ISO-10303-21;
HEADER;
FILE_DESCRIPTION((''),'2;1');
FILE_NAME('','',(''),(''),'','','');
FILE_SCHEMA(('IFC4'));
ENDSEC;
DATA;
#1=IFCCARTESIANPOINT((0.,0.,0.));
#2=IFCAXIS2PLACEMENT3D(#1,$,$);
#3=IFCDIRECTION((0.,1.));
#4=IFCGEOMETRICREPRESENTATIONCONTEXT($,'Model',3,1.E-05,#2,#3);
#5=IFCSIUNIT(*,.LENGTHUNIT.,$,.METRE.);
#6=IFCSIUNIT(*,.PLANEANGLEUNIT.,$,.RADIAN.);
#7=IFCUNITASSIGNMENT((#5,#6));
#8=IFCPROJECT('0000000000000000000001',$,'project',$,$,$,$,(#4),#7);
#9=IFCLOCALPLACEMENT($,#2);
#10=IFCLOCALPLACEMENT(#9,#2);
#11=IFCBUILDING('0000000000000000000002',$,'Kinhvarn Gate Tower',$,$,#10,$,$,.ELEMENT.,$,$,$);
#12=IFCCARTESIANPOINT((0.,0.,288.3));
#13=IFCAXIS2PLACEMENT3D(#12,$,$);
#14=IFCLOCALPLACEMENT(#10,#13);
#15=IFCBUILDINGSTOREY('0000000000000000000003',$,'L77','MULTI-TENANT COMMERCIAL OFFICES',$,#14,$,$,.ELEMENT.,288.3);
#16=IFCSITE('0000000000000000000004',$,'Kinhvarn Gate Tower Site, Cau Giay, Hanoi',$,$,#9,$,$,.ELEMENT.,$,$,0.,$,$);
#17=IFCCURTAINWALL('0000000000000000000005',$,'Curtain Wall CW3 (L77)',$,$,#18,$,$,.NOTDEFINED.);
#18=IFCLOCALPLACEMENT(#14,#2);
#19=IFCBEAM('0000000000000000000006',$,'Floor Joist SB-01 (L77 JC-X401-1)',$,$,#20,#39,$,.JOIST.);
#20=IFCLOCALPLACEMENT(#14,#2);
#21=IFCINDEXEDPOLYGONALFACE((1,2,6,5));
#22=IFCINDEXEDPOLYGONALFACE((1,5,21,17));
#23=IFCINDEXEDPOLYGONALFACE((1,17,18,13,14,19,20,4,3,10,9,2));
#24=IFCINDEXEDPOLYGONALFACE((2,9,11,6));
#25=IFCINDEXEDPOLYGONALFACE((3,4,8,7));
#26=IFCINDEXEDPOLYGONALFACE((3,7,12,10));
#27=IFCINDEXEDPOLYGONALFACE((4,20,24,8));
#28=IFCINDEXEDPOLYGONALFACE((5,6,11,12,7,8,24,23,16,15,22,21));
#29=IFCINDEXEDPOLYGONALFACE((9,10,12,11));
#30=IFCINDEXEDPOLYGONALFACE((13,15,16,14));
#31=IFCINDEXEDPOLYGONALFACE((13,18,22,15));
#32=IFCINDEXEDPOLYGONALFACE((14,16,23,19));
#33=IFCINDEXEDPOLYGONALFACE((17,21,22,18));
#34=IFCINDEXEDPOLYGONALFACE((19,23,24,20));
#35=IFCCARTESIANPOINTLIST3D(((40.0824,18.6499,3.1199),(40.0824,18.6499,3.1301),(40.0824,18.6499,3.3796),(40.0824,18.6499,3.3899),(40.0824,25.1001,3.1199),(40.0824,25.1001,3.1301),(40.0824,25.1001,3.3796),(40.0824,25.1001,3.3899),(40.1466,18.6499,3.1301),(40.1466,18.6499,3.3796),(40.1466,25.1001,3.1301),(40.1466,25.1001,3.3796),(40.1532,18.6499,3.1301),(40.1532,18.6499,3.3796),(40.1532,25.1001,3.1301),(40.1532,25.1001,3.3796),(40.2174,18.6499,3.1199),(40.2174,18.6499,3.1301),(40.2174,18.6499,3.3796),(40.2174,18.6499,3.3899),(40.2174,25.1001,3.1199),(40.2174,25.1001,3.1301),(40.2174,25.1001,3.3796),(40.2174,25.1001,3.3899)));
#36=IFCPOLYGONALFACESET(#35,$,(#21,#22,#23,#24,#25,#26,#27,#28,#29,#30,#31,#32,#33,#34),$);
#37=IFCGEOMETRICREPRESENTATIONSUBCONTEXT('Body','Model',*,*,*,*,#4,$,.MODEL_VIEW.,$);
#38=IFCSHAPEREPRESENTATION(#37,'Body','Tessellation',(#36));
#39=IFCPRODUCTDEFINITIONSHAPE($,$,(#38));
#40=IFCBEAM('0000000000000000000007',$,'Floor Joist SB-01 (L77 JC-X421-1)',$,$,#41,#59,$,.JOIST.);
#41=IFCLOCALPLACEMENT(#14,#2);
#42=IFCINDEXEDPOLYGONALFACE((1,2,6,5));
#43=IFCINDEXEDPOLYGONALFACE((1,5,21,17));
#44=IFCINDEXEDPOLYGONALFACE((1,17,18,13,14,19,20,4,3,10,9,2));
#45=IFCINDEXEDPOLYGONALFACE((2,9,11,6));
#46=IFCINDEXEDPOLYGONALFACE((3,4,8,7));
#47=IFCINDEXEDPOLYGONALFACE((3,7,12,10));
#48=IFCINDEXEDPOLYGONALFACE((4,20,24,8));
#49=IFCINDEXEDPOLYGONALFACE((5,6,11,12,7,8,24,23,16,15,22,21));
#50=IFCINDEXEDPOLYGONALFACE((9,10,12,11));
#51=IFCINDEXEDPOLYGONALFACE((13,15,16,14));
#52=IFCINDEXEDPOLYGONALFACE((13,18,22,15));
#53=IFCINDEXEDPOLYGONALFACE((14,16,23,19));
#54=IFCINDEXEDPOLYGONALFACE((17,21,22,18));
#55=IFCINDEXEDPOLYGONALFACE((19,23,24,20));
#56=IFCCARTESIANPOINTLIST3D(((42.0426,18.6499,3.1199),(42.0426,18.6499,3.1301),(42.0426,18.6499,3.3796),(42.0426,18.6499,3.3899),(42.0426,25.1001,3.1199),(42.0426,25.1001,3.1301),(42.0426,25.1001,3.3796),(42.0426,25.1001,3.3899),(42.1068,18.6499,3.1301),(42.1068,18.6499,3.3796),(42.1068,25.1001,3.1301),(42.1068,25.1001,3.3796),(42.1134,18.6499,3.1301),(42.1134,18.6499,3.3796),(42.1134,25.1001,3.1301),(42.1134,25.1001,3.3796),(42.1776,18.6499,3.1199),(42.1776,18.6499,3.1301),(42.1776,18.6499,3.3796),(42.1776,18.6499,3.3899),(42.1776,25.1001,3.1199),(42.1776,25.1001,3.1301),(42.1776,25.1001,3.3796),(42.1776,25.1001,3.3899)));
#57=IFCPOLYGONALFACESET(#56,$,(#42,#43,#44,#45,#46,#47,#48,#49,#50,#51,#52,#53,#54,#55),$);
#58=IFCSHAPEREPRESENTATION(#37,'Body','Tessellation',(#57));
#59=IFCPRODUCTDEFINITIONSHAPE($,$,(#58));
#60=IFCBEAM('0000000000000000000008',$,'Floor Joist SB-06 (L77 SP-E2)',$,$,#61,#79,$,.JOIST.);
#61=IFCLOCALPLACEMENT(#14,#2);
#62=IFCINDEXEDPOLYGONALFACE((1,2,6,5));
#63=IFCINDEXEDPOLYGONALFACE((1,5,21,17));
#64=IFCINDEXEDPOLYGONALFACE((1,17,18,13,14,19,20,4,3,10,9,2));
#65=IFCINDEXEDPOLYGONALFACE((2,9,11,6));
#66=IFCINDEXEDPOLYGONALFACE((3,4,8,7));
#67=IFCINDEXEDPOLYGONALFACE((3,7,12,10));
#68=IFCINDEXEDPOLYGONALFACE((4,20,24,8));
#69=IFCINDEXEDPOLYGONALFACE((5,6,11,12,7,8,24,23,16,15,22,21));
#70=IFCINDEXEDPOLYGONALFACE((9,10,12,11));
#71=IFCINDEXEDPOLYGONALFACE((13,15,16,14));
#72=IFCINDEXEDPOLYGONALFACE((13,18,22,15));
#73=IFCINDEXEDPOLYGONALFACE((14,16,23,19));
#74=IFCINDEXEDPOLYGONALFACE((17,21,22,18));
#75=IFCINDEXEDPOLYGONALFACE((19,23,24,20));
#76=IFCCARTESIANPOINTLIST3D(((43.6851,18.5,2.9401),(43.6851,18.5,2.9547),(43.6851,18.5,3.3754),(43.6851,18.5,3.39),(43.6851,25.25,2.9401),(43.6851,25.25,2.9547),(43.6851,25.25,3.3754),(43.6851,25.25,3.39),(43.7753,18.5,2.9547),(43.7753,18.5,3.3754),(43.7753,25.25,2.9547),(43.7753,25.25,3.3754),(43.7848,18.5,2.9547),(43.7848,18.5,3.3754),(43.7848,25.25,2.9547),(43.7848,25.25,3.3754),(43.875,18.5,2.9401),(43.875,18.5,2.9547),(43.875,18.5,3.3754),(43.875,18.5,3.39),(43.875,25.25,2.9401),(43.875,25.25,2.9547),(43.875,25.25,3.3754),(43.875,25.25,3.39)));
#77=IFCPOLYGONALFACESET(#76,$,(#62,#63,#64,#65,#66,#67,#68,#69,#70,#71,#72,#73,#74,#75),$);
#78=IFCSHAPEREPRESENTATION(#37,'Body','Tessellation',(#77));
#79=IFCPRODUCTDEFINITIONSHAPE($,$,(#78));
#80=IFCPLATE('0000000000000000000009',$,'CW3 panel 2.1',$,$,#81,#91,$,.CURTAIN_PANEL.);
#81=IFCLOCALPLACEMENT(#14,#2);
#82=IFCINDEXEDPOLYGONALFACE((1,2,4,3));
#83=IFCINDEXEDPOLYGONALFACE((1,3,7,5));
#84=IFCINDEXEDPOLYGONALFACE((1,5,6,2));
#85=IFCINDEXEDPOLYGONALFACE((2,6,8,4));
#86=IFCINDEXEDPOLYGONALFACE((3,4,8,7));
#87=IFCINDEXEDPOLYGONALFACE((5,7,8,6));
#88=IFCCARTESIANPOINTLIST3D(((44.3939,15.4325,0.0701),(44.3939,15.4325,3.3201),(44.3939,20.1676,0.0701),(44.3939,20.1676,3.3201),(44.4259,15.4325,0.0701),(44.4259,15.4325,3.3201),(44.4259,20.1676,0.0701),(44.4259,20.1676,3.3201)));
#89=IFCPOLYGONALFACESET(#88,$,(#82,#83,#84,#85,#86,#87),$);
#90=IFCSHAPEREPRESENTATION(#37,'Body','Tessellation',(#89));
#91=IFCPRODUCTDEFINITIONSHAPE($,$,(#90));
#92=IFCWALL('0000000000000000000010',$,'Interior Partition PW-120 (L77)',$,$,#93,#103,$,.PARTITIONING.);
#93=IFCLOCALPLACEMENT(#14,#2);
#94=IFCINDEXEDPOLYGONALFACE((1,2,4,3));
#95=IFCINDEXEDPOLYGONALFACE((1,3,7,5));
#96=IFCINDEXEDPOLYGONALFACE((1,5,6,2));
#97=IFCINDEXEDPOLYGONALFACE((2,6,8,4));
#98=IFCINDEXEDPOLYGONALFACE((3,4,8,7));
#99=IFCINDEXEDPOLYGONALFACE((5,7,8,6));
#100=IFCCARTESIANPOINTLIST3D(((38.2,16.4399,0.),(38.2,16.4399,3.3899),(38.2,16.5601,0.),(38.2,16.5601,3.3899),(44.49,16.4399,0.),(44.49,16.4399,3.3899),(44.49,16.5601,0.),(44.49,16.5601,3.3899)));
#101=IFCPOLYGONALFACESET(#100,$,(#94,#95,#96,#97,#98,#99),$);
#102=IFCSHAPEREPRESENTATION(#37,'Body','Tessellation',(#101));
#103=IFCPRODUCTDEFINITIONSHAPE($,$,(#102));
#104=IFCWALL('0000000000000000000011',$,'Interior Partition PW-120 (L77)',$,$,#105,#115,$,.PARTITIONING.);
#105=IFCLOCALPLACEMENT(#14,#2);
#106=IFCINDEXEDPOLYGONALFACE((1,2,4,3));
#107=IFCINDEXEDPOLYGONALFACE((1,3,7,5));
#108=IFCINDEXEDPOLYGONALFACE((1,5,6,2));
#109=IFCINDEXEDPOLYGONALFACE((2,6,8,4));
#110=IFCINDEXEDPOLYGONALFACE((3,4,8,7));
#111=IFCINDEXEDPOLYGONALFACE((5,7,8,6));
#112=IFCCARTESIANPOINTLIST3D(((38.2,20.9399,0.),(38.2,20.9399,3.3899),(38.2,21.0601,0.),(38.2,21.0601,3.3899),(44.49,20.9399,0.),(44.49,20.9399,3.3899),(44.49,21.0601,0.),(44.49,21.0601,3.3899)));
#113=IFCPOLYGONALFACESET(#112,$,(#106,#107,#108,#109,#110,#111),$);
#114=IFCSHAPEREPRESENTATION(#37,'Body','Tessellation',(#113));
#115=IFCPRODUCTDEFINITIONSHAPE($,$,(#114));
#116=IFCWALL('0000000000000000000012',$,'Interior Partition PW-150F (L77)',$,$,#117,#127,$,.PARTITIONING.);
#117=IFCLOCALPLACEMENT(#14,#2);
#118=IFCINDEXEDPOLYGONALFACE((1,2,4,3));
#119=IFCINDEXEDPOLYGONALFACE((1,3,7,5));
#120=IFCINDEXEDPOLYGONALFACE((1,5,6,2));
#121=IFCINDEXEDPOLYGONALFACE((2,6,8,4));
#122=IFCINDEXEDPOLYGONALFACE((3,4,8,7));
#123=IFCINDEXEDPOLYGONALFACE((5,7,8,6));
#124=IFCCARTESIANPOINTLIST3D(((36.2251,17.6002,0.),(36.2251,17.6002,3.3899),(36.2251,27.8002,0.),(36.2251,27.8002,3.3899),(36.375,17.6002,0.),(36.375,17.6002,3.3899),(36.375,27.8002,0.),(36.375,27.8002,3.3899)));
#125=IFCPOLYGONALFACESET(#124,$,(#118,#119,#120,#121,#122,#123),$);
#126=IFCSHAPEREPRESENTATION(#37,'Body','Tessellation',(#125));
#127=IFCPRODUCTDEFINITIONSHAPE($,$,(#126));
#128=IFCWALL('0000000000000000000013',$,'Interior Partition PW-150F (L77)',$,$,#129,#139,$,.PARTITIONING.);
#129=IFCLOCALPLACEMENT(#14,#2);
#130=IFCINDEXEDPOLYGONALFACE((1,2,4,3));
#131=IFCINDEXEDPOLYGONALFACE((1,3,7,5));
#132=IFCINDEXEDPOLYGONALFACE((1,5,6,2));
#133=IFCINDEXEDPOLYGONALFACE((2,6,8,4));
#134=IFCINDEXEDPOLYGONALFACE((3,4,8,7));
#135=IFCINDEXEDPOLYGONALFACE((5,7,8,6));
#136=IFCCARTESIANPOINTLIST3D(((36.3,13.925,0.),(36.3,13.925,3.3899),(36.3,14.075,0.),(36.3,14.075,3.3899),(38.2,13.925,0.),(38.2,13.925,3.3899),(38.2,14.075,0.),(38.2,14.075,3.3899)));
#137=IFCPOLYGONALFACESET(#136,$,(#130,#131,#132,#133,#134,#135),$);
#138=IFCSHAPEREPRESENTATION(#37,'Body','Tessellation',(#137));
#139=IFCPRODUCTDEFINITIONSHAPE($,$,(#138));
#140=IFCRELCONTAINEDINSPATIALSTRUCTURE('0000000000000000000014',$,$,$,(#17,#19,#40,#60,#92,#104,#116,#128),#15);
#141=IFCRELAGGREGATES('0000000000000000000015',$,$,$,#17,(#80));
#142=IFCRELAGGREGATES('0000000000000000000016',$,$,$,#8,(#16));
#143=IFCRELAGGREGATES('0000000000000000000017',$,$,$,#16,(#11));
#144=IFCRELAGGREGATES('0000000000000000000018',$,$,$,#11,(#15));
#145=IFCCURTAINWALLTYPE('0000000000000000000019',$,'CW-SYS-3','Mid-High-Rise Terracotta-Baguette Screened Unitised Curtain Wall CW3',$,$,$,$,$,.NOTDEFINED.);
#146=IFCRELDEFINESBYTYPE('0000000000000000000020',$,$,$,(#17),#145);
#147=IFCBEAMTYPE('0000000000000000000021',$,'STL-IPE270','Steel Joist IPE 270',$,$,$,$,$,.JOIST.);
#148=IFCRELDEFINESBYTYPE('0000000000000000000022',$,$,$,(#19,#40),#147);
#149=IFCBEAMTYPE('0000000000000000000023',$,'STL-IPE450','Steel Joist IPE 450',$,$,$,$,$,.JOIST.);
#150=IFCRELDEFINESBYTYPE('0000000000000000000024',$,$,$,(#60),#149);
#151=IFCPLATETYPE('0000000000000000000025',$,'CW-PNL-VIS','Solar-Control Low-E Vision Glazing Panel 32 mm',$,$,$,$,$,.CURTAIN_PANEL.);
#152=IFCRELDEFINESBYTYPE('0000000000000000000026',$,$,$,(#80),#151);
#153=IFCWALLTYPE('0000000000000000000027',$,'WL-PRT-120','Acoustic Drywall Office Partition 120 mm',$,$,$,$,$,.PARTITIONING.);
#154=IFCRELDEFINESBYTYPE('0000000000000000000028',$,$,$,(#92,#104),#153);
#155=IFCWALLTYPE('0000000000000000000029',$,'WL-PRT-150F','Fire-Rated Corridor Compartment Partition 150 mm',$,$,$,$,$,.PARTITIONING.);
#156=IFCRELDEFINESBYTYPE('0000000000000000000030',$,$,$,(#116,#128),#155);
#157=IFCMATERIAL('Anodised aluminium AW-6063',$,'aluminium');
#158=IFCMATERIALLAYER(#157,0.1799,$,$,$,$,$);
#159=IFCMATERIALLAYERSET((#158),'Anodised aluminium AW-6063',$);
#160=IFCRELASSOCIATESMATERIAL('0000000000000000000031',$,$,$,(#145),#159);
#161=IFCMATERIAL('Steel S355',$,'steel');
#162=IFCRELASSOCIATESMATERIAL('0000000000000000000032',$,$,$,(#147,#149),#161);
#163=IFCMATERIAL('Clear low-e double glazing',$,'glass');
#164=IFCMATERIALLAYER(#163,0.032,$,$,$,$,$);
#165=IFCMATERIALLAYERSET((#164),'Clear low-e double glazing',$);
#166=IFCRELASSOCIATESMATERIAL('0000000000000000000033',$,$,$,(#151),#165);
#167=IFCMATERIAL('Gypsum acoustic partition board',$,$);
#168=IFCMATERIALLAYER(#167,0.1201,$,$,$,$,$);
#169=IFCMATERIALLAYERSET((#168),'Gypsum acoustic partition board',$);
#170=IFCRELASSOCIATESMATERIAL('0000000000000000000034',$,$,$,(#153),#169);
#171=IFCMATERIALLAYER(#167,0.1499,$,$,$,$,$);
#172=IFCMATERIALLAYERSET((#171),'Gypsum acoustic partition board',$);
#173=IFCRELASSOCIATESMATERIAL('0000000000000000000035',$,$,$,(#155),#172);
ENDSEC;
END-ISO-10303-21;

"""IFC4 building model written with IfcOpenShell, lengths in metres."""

from ifc_helpers import new_model, si_unit, direction, frame, frame_2d, origin, origin_2d, place, context, subcontext, project, spatial, rectangle, i_section, extrude, material, layer, layer_set, material_profile, profile_set, type_object, element, aggregate, save


model = new_model("IFC4")

# Units and contexts
model_context = context("Model", 3, precision=1e-05, world=origin(), true_north=direction((0.0, 1.0)))
body_context = subcontext(model_context, "Body", "Model", "MODEL_VIEW")
ifc_project = project(units=[si_unit("LENGTHUNIT", "METRE"), si_unit("PLANEANGLEUNIT", "RADIAN")], contexts=[model_context])

# Site, building, storey
site_placement = place(None, origin())
site = spatial("IfcSite", under=ifc_project, at=site_placement, Name="Kinhvarn Gate Tower Site, Cau Giay, Hanoi", CompositionType="ELEMENT", RefElevation=0.0)
building_placement = place(site_placement, origin())
building = spatial("IfcBuilding", under=site, at=building_placement, Name="Kinhvarn Gate Tower", CompositionType="ELEMENT")
storey_placement = place(building_placement, frame((0.0, 0.0, 288.3)))
storey = spatial("IfcBuildingStorey", under=building, at=storey_placement, Name="L77", Description="MULTI-TENANT COMMERCIAL OFFICES", CompositionType="ELEMENT", Elevation=288.3)

# Curtain wall
ifc_material_1 = material(Name="Anodised aluminium AW-6063", Category="aluminium")
ifc_layer_1 = layer(ifc_material_1, 0.1799)
ifc_layer_set_1 = layer_set([ifc_layer_1], Name="Anodised aluminium AW-6063")
curtain_wall_type = type_object("IfcCurtainWallType", Name="CW-SYS-3", Description="Mid-High-Rise Terracotta-Baguette Screened Unitised Curtain Wall CW3", PredefinedType="NOTDEFINED", material=ifc_layer_set_1)
curtain_wall_placement = place(storey_placement, origin())
curtain_wall = element("IfcCurtainWall", 1, at=curtain_wall_placement, inside=storey, type_object=curtain_wall_type, Name="Curtain Wall CW3 (L77)", PredefinedType="NOTDEFINED")

# Beams
ifc_material_2 = material(Name="Steel S355", Category="steel")
ifc_material_profile_1 = material_profile(ifc_material_2, i_section(OverallWidth=0.135, OverallDepth=0.27, WebThickness=0.0066, FlangeThickness=0.0103, at=origin_2d()), Name="IPE 270")
ifc_profile_set_1 = profile_set([ifc_material_profile_1], Name="Steel S355")
beam_type_1 = type_object("IfcBeamType", Name="STL-IPE270", Description="Steel Joist IPE 270", PredefinedType="JOIST", material=ifc_profile_set_1)
for number, where, z_axis, x_axis, name in (
    (2, (40.1499, 18.6499, 3.2549), (0.0, 1.0, 0.0), (-1.0, 0.0, 0.0), "Floor Joist SB-01 (L77 JC-X401-1)"),
    (3, (42.1101, 18.6499, 3.2549), (0.0, 1.0, 0.0), (-1.0, 0.0, 0.0), "Floor Joist SB-01 (L77 JC-X421-1)"),
):
    element("IfcBeam", number, at=place(storey_placement, frame(where, z_axis=z_axis, x_axis=x_axis)), inside=storey, type_object=beam_type_1, Name=name, PredefinedType="JOIST", context=body_context, shape_type="SweptSolid", body=[
        extrude(i_section(OverallWidth=0.135, OverallDepth=0.27, WebThickness=0.0066, FlangeThickness=0.0103, at=origin_2d()), origin(), (0.0, 0.0, 1.0), 6.4502),
    ])
ifc_material_profile_2 = material_profile(ifc_material_2, i_section(OverallWidth=0.1899, OverallDepth=0.45, WebThickness=0.0095, FlangeThickness=0.0146, at=origin_2d()), Name="IPE 450")
ifc_profile_set_2 = profile_set([ifc_material_profile_2], Name="Steel S355")
beam_type_2 = type_object("IfcBeamType", Name="STL-IPE450", Description="Steel Joist IPE 450", PredefinedType="JOIST", material=ifc_profile_set_2)
beam_1_placement = place(storey_placement, frame((43.78, 18.5, 3.165), z_axis=(0.0, 1.0, 0.0), x_axis=(-1.0, 0.0, 0.0)))
element("IfcBeam", 4, at=beam_1_placement, inside=storey, type_object=beam_type_2, Name="Floor Joist SB-06 (L77 SP-E2)", PredefinedType="JOIST", context=body_context, shape_type="SweptSolid", body=[
    extrude(i_section(OverallWidth=0.1899, OverallDepth=0.45, WebThickness=0.0095, FlangeThickness=0.0146, at=origin_2d()), origin(), (0.0, 0.0, 1.0), 6.75),
])

# Plate
ifc_material_3 = material(Name="Clear low-e double glazing", Category="glass")
ifc_layer_2 = layer(ifc_material_3, 0.032)
ifc_layer_set_2 = layer_set([ifc_layer_2], Name="Clear low-e double glazing")
plate_type = type_object("IfcPlateType", Name="CW-PNL-VIS", Description="Solar-Control Low-E Vision Glazing Panel 32 mm", PredefinedType="CURTAIN_PANEL", material=ifc_layer_set_2)
plate_placement = place(storey_placement, frame((44.4099, 17.8, 0.0701), z_axis=(0.0, 0.0, 1.0), x_axis=(0.0, 1.0, 0.0)))
plate = element("IfcPlate", 5, at=plate_placement, type_object=plate_type, Name="CW3 panel 2.1", PredefinedType="CURTAIN_PANEL", context=body_context, shape_type="SweptSolid", body=[
    extrude(rectangle(XDim=4.7351, YDim=0.032, at=origin_2d()), origin(), (0.0, 0.0, 1.0), 3.25),
])
aggregate(curtain_wall, [plate])

# Walls
ifc_material_4 = material(Name="Gypsum acoustic partition board")
ifc_layer_3 = layer(ifc_material_4, 0.1201)
ifc_layer_set_3 = layer_set([ifc_layer_3], Name="Gypsum acoustic partition board")
wall_type_1 = type_object("IfcWallType", Name="WL-PRT-120", Description="Acoustic Drywall Office Partition 120 mm", PredefinedType="PARTITIONING", material=ifc_layer_set_3)
for number, where, z_axis, x_axis, name in (
    (6, (38.2, 16.5, 0.0), (0.0, 0.0, 1.0), (1.0, 0.0, 0.0), "Interior Partition PW-120 (L77)"),
    (7, (38.2, 21.0, 0.0), (0.0, 0.0, 1.0), (1.0, 0.0, 0.0), "Interior Partition PW-120 (L77)"),
):
    element("IfcWall", number, at=place(storey_placement, frame(where, z_axis=z_axis, x_axis=x_axis)), inside=storey, type_object=wall_type_1, Name=name, PredefinedType="PARTITIONING", context=body_context, shape_type="SweptSolid", body=[
        extrude(rectangle(XDim=6.29, YDim=0.1201, at=frame_2d((3.145, 0.0))), origin(), (0.0, 0.0, 1.0), 3.3899),
    ])
ifc_layer_4 = layer(ifc_material_4, 0.1499)
ifc_layer_set_4 = layer_set([ifc_layer_4], Name="Gypsum acoustic partition board")
wall_type_2 = type_object("IfcWallType", Name="WL-PRT-150F", Description="Fire-Rated Corridor Compartment Partition 150 mm", PredefinedType="PARTITIONING", material=ifc_layer_set_4)
wall_1_placement = place(storey_placement, frame((36.3, 17.6001, 0.0), z_axis=(0.0, 0.0, 1.0), x_axis=(0.0, 1.0, 0.0)))
element("IfcWall", 8, at=wall_1_placement, inside=storey, type_object=wall_type_2, Name="Interior Partition PW-150F (L77)", PredefinedType="PARTITIONING", context=body_context, shape_type="SweptSolid", body=[
    extrude(rectangle(XDim=10.2, YDim=0.1499, at=frame_2d((5.1001, 0.0))), origin(), (0.0, 0.0, 1.0), 3.3899),
])
wall_2_placement = place(storey_placement, frame((36.3, 14.0, 0.0), z_axis=(0.0, 0.0, 1.0), x_axis=(1.0, 0.0, 0.0)))
element("IfcWall", 9, at=wall_2_placement, inside=storey, type_object=wall_type_2, Name="Interior Partition PW-150F (L77)", PredefinedType="PARTITIONING", context=body_context, shape_type="SweptSolid", body=[
    extrude(rectangle(XDim=1.8999, YDim=0.1499, at=frame_2d((0.95, 0.0))), origin(), (0.0, 0.0, 1.0), 3.3899),
])

save(model, "model.ifc")
